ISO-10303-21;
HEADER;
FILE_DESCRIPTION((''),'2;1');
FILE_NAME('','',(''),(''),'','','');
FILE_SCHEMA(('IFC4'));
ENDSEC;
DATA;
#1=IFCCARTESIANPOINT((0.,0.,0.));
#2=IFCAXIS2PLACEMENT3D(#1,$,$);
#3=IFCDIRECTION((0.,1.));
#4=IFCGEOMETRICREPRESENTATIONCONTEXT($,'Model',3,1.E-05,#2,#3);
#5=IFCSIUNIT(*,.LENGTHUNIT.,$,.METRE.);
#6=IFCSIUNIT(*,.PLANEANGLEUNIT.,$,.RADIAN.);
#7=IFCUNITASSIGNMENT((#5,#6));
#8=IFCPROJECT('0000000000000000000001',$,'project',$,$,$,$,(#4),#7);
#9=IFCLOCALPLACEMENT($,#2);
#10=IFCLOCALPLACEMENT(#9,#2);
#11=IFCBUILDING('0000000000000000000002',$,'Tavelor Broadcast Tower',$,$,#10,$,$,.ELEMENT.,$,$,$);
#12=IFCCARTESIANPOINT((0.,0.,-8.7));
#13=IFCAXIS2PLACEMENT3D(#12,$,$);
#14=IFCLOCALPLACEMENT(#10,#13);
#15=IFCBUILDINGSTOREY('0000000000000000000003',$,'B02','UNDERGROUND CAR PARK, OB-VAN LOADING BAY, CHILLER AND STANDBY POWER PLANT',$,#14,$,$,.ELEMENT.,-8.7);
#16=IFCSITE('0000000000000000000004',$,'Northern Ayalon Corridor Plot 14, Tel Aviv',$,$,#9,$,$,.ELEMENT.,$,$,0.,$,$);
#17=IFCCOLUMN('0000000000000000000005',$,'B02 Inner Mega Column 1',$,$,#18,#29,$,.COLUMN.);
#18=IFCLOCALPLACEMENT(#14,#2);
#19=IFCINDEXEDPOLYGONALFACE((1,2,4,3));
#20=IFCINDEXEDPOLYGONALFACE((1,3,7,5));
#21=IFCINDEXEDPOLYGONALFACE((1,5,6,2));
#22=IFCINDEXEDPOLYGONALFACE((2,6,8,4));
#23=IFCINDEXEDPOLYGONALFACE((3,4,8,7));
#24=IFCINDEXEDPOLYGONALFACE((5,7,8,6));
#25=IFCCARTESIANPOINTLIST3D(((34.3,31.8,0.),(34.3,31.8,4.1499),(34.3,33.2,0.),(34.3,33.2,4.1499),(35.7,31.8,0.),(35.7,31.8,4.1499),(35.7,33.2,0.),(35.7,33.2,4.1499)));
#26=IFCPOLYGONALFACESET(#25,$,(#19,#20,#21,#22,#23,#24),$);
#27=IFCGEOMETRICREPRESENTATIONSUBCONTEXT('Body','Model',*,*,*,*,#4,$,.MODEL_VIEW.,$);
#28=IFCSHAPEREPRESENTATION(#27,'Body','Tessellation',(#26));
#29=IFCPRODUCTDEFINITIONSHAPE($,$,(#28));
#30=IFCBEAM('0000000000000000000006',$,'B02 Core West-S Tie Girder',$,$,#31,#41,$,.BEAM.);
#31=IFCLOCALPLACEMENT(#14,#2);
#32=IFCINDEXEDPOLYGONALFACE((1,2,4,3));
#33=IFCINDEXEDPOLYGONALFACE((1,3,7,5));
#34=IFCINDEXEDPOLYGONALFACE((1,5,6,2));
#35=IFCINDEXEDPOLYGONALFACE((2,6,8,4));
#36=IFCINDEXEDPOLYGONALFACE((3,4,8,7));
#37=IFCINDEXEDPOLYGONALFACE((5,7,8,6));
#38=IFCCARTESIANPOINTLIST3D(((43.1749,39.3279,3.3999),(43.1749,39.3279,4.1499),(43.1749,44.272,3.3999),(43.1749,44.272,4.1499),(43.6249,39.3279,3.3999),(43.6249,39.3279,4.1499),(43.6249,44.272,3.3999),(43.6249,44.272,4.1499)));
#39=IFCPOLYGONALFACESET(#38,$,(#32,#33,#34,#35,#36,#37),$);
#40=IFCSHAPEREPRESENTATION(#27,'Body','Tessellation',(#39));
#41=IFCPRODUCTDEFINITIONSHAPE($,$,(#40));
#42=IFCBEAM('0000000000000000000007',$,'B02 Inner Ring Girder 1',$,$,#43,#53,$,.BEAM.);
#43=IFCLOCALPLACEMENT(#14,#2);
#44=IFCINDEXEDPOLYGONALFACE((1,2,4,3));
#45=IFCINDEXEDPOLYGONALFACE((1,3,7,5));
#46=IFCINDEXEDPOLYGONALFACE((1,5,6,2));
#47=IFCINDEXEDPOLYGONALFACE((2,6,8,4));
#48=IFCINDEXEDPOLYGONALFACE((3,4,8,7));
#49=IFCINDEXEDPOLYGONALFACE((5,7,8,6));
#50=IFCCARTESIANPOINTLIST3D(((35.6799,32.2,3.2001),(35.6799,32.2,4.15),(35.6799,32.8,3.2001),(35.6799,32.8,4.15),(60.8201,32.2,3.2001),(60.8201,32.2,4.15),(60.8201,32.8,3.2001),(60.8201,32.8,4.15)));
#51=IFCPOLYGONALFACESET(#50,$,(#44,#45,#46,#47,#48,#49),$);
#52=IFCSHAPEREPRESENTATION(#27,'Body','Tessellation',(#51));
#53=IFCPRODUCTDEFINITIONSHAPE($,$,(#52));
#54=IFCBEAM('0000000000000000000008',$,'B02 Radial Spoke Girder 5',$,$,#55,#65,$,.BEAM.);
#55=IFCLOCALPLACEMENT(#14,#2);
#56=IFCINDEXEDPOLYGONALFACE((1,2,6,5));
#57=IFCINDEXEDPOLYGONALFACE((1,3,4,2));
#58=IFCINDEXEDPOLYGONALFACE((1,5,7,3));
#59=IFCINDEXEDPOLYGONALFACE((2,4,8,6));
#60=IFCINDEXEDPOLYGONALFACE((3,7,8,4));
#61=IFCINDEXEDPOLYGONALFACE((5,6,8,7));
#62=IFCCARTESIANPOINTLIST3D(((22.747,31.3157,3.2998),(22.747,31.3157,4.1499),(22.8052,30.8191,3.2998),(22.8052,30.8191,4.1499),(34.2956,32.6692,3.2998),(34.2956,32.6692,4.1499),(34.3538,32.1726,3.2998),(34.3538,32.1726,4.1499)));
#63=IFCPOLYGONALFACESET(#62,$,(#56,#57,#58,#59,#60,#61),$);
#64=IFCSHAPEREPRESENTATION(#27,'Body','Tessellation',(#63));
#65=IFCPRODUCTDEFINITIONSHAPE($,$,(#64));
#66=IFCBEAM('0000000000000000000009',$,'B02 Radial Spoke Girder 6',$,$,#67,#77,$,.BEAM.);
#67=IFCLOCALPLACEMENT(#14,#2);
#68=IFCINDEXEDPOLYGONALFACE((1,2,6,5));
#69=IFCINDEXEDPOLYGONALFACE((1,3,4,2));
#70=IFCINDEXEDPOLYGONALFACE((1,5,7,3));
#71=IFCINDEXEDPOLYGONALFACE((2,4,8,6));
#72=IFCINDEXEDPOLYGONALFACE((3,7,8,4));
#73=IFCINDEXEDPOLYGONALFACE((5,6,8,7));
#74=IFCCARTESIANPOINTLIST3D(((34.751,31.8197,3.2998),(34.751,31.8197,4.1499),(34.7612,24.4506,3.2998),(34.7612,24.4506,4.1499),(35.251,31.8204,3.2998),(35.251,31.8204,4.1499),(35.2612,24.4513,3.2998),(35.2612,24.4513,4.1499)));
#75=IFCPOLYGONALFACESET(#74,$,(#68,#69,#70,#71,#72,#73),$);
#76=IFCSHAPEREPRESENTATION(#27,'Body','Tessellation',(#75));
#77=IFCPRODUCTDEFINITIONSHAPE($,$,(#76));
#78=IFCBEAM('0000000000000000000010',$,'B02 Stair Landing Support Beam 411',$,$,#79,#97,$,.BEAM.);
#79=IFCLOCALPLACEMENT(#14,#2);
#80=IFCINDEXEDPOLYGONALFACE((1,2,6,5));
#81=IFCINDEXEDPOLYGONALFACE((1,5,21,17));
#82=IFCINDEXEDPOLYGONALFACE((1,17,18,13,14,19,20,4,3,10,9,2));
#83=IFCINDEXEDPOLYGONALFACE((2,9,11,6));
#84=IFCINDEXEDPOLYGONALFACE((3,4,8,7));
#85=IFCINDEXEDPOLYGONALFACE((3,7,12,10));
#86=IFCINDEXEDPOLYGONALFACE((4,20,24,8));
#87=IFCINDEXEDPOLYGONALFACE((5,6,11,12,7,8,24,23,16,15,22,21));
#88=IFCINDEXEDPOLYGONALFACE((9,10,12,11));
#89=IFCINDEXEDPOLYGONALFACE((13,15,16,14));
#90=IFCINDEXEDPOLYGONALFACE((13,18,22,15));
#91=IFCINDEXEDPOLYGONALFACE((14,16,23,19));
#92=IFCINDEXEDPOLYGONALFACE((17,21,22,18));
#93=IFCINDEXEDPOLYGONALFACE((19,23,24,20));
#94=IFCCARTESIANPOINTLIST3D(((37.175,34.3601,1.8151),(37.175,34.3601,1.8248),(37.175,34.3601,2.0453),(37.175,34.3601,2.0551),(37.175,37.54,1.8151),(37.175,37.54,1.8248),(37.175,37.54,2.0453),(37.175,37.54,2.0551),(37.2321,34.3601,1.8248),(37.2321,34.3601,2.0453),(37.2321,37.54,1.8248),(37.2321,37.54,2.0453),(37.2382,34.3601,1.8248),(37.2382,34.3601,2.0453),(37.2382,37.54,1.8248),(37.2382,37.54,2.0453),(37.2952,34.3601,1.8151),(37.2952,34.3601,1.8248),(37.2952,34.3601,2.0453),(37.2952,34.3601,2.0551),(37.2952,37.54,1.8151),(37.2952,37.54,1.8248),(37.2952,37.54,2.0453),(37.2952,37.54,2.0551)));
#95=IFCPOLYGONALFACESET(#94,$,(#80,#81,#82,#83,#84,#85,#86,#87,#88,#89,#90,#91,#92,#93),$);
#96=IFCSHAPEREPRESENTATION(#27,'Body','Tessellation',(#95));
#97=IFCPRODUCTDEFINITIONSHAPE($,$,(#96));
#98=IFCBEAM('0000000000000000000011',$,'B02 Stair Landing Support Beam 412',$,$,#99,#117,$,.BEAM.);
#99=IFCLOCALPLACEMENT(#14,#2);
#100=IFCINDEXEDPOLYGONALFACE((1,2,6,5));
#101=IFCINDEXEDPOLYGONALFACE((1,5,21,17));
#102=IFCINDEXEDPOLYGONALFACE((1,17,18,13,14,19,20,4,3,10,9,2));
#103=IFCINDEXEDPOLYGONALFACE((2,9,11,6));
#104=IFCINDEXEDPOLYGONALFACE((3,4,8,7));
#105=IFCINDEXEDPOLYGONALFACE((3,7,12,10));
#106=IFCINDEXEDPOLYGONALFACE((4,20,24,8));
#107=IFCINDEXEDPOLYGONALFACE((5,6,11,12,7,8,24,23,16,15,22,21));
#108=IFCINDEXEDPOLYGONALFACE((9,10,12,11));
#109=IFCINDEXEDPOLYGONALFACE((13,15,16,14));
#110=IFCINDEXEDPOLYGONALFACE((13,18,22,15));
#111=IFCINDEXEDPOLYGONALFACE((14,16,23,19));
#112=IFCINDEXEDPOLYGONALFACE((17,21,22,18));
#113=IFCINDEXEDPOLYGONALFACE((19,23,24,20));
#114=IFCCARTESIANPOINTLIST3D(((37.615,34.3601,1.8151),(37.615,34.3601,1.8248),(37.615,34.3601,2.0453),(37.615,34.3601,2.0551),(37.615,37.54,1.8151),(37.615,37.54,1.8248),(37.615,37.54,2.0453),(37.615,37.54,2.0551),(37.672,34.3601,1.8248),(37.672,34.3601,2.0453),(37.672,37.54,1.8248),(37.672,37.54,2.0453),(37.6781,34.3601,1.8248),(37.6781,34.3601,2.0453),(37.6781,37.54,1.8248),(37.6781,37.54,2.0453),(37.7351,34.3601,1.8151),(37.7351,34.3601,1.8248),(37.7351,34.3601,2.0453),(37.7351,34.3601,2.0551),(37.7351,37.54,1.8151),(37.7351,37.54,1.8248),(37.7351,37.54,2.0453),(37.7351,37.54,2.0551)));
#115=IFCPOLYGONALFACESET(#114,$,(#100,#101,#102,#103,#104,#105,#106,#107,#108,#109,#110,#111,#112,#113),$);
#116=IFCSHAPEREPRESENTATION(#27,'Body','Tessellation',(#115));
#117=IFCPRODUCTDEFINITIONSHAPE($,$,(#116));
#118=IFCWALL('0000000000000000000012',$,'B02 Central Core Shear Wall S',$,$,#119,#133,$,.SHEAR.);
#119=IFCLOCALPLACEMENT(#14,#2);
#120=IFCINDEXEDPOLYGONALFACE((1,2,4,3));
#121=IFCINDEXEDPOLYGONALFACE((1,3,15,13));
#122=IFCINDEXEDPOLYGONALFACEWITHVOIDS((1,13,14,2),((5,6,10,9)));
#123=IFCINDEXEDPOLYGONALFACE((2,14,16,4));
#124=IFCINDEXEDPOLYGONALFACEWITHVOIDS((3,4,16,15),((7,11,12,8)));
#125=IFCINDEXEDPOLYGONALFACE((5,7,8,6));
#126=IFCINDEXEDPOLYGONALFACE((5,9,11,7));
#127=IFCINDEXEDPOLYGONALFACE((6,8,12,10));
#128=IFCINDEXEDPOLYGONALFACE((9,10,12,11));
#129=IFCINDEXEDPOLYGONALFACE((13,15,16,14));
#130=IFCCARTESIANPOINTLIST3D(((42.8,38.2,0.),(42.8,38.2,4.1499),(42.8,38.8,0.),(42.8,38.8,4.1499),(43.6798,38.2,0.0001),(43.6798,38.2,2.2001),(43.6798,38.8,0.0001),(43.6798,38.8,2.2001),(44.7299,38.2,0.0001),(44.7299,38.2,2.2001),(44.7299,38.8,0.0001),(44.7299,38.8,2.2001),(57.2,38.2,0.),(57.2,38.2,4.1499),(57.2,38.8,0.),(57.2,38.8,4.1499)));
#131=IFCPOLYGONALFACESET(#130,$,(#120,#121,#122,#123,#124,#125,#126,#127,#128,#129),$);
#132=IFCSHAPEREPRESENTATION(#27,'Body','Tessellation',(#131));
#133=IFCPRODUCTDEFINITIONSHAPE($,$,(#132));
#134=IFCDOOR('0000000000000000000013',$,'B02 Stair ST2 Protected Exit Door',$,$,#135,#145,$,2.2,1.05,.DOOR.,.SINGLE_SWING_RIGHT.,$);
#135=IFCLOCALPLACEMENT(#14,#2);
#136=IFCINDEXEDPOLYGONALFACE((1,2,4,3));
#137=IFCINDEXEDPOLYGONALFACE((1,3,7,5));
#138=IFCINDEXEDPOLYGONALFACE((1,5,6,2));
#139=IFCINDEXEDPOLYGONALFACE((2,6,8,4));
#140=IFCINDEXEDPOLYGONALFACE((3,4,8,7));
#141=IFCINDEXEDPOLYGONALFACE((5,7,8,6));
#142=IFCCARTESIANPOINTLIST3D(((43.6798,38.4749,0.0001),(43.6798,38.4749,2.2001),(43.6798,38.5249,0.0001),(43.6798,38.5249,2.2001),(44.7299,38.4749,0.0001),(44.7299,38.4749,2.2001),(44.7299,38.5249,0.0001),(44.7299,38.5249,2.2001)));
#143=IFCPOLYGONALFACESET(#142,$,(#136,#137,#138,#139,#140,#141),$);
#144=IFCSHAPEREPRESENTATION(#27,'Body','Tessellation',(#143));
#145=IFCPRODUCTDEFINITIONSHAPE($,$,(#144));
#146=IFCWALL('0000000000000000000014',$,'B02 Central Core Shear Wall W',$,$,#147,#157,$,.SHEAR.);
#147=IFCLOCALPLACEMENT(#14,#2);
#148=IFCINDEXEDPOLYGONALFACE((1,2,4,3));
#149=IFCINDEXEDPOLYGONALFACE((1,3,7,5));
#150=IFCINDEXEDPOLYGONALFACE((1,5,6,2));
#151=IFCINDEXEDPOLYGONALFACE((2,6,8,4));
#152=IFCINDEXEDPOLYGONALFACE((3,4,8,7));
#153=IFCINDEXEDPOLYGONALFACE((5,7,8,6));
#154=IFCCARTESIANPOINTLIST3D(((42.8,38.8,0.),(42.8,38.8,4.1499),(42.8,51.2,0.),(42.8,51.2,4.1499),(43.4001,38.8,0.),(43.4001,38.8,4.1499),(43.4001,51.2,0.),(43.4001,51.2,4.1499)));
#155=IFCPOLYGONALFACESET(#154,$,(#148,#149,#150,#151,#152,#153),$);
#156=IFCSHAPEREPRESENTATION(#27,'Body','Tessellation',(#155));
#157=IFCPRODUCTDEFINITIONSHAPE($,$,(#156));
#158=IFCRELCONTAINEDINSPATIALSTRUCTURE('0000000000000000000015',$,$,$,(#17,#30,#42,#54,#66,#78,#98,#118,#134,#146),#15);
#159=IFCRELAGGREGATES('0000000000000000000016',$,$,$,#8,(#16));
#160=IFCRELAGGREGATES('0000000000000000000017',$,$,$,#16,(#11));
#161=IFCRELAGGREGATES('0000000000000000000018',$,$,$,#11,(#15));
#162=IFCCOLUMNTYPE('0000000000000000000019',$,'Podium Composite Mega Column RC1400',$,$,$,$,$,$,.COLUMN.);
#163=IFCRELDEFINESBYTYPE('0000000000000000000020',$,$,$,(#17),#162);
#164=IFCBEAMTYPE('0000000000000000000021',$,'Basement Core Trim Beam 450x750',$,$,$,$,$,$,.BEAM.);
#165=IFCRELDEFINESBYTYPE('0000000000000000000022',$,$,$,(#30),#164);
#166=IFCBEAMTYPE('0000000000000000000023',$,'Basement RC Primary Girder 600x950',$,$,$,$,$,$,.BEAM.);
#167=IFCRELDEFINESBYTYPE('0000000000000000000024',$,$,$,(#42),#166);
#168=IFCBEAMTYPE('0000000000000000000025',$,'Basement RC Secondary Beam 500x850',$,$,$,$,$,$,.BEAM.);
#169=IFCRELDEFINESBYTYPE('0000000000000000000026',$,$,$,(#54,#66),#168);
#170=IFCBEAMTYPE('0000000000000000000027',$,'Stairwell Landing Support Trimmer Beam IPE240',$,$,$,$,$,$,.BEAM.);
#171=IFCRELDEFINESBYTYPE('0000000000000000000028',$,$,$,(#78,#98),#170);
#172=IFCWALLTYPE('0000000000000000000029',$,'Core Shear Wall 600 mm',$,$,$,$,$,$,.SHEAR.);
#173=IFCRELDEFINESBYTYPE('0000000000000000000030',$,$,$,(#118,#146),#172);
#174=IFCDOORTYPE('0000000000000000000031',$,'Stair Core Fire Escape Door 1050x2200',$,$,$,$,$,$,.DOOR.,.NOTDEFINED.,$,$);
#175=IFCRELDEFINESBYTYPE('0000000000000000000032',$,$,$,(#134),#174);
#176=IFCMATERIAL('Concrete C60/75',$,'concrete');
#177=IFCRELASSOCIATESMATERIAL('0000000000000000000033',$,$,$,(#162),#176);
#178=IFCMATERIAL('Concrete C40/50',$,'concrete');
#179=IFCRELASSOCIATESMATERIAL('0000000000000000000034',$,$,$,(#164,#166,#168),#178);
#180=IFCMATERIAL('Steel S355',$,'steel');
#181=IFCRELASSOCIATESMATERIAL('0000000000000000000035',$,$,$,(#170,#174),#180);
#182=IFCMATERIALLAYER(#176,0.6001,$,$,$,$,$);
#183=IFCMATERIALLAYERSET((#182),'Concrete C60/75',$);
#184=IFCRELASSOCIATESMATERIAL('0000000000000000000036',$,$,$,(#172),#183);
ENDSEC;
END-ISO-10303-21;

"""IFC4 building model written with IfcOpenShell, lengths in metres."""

from ifc_helpers import new_model, si_unit, direction, frame, frame_2d, origin, origin_2d, place, context, subcontext, project, spatial, rectangle, i_section, extrude, material, layer, layer_set, material_profile, profile_set, type_object, element, fill, save


model = new_model("IFC4")

# Units and contexts
model_context = context("Model", 3, precision=1e-05, world=origin(), true_north=direction((0.0, 1.0)))
body_context = subcontext(model_context, "Body", "Model", "MODEL_VIEW")
ifc_project = project(units=[si_unit("LENGTHUNIT", "METRE"), si_unit("PLANEANGLEUNIT", "RADIAN")], contexts=[model_context])

# Site, building, storey
site_placement = place(None, origin())
site = spatial("IfcSite", under=ifc_project, at=site_placement, Name="Northern Ayalon Corridor Plot 14, Tel Aviv", CompositionType="ELEMENT", RefElevation=0.0)
building_placement = place(site_placement, origin())
building = spatial("IfcBuilding", under=site, at=building_placement, Name="Tavelor Broadcast Tower", CompositionType="ELEMENT")
storey_placement = place(building_placement, frame((0.0, 0.0, -8.7)))
storey = spatial("IfcBuildingStorey", under=building, at=storey_placement, Name="B02", Description="UNDERGROUND CAR PARK, OB-VAN LOADING BAY, CHILLER AND STANDBY POWER PLANT", CompositionType="ELEMENT", Elevation=-8.7)

# Shared definitions
ifc_material_1 = material(Name="Concrete C40/50", Category="concrete")

# Column
ifc_material_2 = material(Name="Concrete C60/75", Category="concrete")
ifc_material_profile_1 = material_profile(ifc_material_2, rectangle(XDim=1.3999, YDim=1.3999, at=origin_2d()), Name="RC 1400x1400")
ifc_profile_set_1 = profile_set([ifc_material_profile_1], Name="Concrete C60/75")
column_type = type_object("IfcColumnType", Name="Podium Composite Mega Column RC1400", PredefinedType="COLUMN", material=ifc_profile_set_1)
column_placement = place(storey_placement, frame((35.0, 32.5, 0.0), z_axis=(0.0, 0.0, 1.0), x_axis=(1.0, 0.0, 0.0)))
element("IfcColumn", 1, at=column_placement, inside=storey, type_object=column_type, Name="B02 Inner Mega Column 1", PredefinedType="COLUMN", context=body_context, shape_type="SweptSolid", body=[
    extrude(rectangle(XDim=1.3999, YDim=1.3999, at=origin_2d()), origin(), (0.0, 0.0, 1.0), 4.1499),
])

# Beams
ifc_material_profile_2 = material_profile(ifc_material_1, rectangle(XDim=0.45, YDim=0.75, at=origin_2d()), Name="RC 450x750")
ifc_profile_set_2 = profile_set([ifc_material_profile_2], Name="Concrete C40/50")
beam_type_1 = type_object("IfcBeamType", Name="Basement Core Trim Beam 450x750", PredefinedType="BEAM", material=ifc_profile_set_2)
beam_1_placement = place(storey_placement, frame((43.3999, 39.3279, 3.7749), z_axis=(0.0, 1.0, 0.0), x_axis=(-1.0, 0.0, 0.0)))
element("IfcBeam", 2, at=beam_1_placement, inside=storey, type_object=beam_type_1, Name="B02 Core West-S Tie Girder", PredefinedType="BEAM", context=body_context, shape_type="SweptSolid", body=[
    extrude(rectangle(XDim=0.45, YDim=0.75, at=origin_2d()), origin(), (0.0, 0.0, 1.0), 4.9441),
])
ifc_material_profile_3 = material_profile(ifc_material_1, rectangle(XDim=0.6001, YDim=0.95, at=origin_2d()), Name="RC 600x950")
ifc_profile_set_3 = profile_set([ifc_material_profile_3], Name="Concrete C40/50")
beam_type_2 = type_object("IfcBeamType", Name="Basement RC Primary Girder 600x950", PredefinedType="BEAM", material=ifc_profile_set_3)
beam_2_placement = place(storey_placement, frame((35.6799, 32.5, 3.675), z_axis=(1.0, 0.0, 0.0), x_axis=(0.0, 1.0, 0.0)))
element("IfcBeam", 3, at=beam_2_placement, inside=storey, type_object=beam_type_2, Name="B02 Inner Ring Girder 1", PredefinedType="BEAM", context=body_context, shape_type="SweptSolid", body=[
    extrude(rectangle(XDim=0.6001, YDim=0.95, at=origin_2d()), origin(), (0.0, 0.0, 1.0), 25.1401),
])
ifc_material_profile_4 = material_profile(ifc_material_1, rectangle(XDim=0.5, YDim=0.8501, at=origin_2d()), Name="RC 500x850")
ifc_profile_set_4 = profile_set([ifc_material_profile_4], Name="Concrete C40/50")
beam_type_3 = type_object("IfcBeamType", Name="Basement RC Secondary Beam 500x850", PredefinedType="BEAM", material=ifc_profile_set_4)
beam_3_placement = place(storey_placement, frame((34.3247, 32.4209, 3.7249), z_axis=(-0.993202, -0.116405, 0.0), x_axis=(0.116405, -0.993202, 0.0)))
element("IfcBeam", 4, at=beam_3_placement, inside=storey, type_object=beam_type_3, Name="B02 Radial Spoke Girder 5", PredefinedType="BEAM", context=body_context, shape_type="SweptSolid", body=[
    extrude(rectangle(XDim=0.5, YDim=0.8501, at=origin_2d()), origin(), (0.0, 0.0, 1.0), 11.6277),
])
beam_4_placement = place(storey_placement, frame((35.001, 31.8201, 3.7249), z_axis=(0.001391, -0.999999, 0.0), x_axis=(0.999999, 0.001391, 0.0)))
element("IfcBeam", 5, at=beam_4_placement, inside=storey, type_object=beam_type_3, Name="B02 Radial Spoke Girder 6", PredefinedType="BEAM", context=body_context, shape_type="SweptSolid", body=[
    extrude(rectangle(XDim=0.5, YDim=0.8501, at=origin_2d()), origin(), (0.0, 0.0, 1.0), 7.3691),
])
ifc_material_3 = material(Name="Steel S355", Category="steel")
ifc_material_profile_5 = material_profile(ifc_material_3, i_section(OverallWidth=0.1201, OverallDepth=0.24, WebThickness=0.0061, FlangeThickness=0.0098, at=origin_2d()), Name="IPE 240")
ifc_profile_set_5 = profile_set([ifc_material_profile_5], Name="Steel S355")
beam_type_4 = type_object("IfcBeamType", Name="Stairwell Landing Support Trimmer Beam IPE240", PredefinedType="BEAM", material=ifc_profile_set_5)
for number, where, z_axis, x_axis, name in (
    (6, (37.2351, 34.3601, 1.9351), (0.0, 1.0, 0.0), (-1.0, 0.0, 0.0), "B02 Stair Landing Support Beam 411"),
    (7, (37.675, 34.3601, 1.9351), (0.0, 1.0, 0.0), (-1.0, 0.0, 0.0), "B02 Stair Landing Support Beam 412"),
):
    element("IfcBeam", number, at=place(storey_placement, frame(where, z_axis=z_axis, x_axis=x_axis)), inside=storey, type_object=beam_type_4, Name=name, PredefinedType="BEAM", context=body_context, shape_type="SweptSolid", body=[
        extrude(i_section(OverallWidth=0.1201, OverallDepth=0.24, WebThickness=0.0061, FlangeThickness=0.0098, at=origin_2d()), origin(), (0.0, 0.0, 1.0), 3.1799),
    ])

# Wall, opening, door
ifc_layer_1 = layer(ifc_material_2, 0.6001)
ifc_layer_set_1 = layer_set([ifc_layer_1], Name="Concrete C60/75")
wall_type_1 = type_object("IfcWallType", Name="Core Shear Wall 600 mm", PredefinedType="SHEAR", material=ifc_layer_set_1)
wall_1_placement = place(storey_placement, frame((42.8, 38.5, 0.0), z_axis=(0.0, 0.0, 1.0), x_axis=(1.0, 0.0, 0.0)))
wall_1 = element("IfcWall", 8, at=wall_1_placement, inside=storey, type_object=wall_type_1, Name="B02 Central Core Shear Wall S", PredefinedType="SHEAR", context=body_context, shape_type="SweptSolid", body=[
    extrude(rectangle(XDim=14.3999, YDim=0.6001, at=frame_2d((7.2, 0.0))), origin(), (0.0, 0.0, 1.0), 4.1499),
])
opening_1_placement = place(wall_1_placement, frame((0.8799, 0.0, 0.0)))
opening_1 = element("IfcOpeningElement", 9, at=opening_1_placement, cuts=wall_1, PredefinedType="OPENING", context=body_context, shape_type="SweptSolid", body=[
    extrude(rectangle(XDim=1.05, YDim=2.2, at=frame_2d((0.5249, 1.1001))), frame((0.0, 0.3101, 0.0), z_axis=(0.0, -1.0, 0.0), x_axis=(1.0, 0.0, 0.0)), (0.0, 0.0, 1.0), 0.6201),
])
door_type_1 = type_object("IfcDoorType", Name="Stair Core Fire Escape Door 1050x2200", OperationType="NOTDEFINED", PredefinedType="DOOR", material=ifc_material_3)
door_1_placement = place(opening_1_placement, origin())
door_1 = element("IfcDoor", 10, at=door_1_placement, inside=storey, type_object=door_type_1, Name="B02 Stair ST2 Protected Exit Door", OperationType="SINGLE_SWING_RIGHT", OverallHeight=2.2, OverallWidth=1.05, PredefinedType="DOOR", context=body_context, shape_type="SweptSolid", body=[
    extrude(rectangle(XDim=1.05, YDim=2.2, at=frame_2d((0.5249, 1.1001))), frame((0.0, 0.0249, 0.0), z_axis=(0.0, -1.0, 0.0), x_axis=(1.0, 0.0, 0.0)), (0.0, 0.0, 1.0), 0.05),
])
fill(opening_1, door_1)

# Wall
wall_2_placement = place(storey_placement, frame((43.1001, 38.8, 0.0), z_axis=(0.0, 0.0, 1.0), x_axis=(0.0, 1.0, 0.0)))
element("IfcWall", 11, at=wall_2_placement, inside=storey, type_object=wall_type_1, Name="B02 Central Core Shear Wall W", PredefinedType="SHEAR", context=body_context, shape_type="SweptSolid", body=[
    extrude(rectangle(XDim=12.3999, YDim=0.6001, at=frame_2d((6.2, 0.0))), origin(), (0.0, 0.0, 1.0), 4.1499),
])

save(model, "model.ifc")
